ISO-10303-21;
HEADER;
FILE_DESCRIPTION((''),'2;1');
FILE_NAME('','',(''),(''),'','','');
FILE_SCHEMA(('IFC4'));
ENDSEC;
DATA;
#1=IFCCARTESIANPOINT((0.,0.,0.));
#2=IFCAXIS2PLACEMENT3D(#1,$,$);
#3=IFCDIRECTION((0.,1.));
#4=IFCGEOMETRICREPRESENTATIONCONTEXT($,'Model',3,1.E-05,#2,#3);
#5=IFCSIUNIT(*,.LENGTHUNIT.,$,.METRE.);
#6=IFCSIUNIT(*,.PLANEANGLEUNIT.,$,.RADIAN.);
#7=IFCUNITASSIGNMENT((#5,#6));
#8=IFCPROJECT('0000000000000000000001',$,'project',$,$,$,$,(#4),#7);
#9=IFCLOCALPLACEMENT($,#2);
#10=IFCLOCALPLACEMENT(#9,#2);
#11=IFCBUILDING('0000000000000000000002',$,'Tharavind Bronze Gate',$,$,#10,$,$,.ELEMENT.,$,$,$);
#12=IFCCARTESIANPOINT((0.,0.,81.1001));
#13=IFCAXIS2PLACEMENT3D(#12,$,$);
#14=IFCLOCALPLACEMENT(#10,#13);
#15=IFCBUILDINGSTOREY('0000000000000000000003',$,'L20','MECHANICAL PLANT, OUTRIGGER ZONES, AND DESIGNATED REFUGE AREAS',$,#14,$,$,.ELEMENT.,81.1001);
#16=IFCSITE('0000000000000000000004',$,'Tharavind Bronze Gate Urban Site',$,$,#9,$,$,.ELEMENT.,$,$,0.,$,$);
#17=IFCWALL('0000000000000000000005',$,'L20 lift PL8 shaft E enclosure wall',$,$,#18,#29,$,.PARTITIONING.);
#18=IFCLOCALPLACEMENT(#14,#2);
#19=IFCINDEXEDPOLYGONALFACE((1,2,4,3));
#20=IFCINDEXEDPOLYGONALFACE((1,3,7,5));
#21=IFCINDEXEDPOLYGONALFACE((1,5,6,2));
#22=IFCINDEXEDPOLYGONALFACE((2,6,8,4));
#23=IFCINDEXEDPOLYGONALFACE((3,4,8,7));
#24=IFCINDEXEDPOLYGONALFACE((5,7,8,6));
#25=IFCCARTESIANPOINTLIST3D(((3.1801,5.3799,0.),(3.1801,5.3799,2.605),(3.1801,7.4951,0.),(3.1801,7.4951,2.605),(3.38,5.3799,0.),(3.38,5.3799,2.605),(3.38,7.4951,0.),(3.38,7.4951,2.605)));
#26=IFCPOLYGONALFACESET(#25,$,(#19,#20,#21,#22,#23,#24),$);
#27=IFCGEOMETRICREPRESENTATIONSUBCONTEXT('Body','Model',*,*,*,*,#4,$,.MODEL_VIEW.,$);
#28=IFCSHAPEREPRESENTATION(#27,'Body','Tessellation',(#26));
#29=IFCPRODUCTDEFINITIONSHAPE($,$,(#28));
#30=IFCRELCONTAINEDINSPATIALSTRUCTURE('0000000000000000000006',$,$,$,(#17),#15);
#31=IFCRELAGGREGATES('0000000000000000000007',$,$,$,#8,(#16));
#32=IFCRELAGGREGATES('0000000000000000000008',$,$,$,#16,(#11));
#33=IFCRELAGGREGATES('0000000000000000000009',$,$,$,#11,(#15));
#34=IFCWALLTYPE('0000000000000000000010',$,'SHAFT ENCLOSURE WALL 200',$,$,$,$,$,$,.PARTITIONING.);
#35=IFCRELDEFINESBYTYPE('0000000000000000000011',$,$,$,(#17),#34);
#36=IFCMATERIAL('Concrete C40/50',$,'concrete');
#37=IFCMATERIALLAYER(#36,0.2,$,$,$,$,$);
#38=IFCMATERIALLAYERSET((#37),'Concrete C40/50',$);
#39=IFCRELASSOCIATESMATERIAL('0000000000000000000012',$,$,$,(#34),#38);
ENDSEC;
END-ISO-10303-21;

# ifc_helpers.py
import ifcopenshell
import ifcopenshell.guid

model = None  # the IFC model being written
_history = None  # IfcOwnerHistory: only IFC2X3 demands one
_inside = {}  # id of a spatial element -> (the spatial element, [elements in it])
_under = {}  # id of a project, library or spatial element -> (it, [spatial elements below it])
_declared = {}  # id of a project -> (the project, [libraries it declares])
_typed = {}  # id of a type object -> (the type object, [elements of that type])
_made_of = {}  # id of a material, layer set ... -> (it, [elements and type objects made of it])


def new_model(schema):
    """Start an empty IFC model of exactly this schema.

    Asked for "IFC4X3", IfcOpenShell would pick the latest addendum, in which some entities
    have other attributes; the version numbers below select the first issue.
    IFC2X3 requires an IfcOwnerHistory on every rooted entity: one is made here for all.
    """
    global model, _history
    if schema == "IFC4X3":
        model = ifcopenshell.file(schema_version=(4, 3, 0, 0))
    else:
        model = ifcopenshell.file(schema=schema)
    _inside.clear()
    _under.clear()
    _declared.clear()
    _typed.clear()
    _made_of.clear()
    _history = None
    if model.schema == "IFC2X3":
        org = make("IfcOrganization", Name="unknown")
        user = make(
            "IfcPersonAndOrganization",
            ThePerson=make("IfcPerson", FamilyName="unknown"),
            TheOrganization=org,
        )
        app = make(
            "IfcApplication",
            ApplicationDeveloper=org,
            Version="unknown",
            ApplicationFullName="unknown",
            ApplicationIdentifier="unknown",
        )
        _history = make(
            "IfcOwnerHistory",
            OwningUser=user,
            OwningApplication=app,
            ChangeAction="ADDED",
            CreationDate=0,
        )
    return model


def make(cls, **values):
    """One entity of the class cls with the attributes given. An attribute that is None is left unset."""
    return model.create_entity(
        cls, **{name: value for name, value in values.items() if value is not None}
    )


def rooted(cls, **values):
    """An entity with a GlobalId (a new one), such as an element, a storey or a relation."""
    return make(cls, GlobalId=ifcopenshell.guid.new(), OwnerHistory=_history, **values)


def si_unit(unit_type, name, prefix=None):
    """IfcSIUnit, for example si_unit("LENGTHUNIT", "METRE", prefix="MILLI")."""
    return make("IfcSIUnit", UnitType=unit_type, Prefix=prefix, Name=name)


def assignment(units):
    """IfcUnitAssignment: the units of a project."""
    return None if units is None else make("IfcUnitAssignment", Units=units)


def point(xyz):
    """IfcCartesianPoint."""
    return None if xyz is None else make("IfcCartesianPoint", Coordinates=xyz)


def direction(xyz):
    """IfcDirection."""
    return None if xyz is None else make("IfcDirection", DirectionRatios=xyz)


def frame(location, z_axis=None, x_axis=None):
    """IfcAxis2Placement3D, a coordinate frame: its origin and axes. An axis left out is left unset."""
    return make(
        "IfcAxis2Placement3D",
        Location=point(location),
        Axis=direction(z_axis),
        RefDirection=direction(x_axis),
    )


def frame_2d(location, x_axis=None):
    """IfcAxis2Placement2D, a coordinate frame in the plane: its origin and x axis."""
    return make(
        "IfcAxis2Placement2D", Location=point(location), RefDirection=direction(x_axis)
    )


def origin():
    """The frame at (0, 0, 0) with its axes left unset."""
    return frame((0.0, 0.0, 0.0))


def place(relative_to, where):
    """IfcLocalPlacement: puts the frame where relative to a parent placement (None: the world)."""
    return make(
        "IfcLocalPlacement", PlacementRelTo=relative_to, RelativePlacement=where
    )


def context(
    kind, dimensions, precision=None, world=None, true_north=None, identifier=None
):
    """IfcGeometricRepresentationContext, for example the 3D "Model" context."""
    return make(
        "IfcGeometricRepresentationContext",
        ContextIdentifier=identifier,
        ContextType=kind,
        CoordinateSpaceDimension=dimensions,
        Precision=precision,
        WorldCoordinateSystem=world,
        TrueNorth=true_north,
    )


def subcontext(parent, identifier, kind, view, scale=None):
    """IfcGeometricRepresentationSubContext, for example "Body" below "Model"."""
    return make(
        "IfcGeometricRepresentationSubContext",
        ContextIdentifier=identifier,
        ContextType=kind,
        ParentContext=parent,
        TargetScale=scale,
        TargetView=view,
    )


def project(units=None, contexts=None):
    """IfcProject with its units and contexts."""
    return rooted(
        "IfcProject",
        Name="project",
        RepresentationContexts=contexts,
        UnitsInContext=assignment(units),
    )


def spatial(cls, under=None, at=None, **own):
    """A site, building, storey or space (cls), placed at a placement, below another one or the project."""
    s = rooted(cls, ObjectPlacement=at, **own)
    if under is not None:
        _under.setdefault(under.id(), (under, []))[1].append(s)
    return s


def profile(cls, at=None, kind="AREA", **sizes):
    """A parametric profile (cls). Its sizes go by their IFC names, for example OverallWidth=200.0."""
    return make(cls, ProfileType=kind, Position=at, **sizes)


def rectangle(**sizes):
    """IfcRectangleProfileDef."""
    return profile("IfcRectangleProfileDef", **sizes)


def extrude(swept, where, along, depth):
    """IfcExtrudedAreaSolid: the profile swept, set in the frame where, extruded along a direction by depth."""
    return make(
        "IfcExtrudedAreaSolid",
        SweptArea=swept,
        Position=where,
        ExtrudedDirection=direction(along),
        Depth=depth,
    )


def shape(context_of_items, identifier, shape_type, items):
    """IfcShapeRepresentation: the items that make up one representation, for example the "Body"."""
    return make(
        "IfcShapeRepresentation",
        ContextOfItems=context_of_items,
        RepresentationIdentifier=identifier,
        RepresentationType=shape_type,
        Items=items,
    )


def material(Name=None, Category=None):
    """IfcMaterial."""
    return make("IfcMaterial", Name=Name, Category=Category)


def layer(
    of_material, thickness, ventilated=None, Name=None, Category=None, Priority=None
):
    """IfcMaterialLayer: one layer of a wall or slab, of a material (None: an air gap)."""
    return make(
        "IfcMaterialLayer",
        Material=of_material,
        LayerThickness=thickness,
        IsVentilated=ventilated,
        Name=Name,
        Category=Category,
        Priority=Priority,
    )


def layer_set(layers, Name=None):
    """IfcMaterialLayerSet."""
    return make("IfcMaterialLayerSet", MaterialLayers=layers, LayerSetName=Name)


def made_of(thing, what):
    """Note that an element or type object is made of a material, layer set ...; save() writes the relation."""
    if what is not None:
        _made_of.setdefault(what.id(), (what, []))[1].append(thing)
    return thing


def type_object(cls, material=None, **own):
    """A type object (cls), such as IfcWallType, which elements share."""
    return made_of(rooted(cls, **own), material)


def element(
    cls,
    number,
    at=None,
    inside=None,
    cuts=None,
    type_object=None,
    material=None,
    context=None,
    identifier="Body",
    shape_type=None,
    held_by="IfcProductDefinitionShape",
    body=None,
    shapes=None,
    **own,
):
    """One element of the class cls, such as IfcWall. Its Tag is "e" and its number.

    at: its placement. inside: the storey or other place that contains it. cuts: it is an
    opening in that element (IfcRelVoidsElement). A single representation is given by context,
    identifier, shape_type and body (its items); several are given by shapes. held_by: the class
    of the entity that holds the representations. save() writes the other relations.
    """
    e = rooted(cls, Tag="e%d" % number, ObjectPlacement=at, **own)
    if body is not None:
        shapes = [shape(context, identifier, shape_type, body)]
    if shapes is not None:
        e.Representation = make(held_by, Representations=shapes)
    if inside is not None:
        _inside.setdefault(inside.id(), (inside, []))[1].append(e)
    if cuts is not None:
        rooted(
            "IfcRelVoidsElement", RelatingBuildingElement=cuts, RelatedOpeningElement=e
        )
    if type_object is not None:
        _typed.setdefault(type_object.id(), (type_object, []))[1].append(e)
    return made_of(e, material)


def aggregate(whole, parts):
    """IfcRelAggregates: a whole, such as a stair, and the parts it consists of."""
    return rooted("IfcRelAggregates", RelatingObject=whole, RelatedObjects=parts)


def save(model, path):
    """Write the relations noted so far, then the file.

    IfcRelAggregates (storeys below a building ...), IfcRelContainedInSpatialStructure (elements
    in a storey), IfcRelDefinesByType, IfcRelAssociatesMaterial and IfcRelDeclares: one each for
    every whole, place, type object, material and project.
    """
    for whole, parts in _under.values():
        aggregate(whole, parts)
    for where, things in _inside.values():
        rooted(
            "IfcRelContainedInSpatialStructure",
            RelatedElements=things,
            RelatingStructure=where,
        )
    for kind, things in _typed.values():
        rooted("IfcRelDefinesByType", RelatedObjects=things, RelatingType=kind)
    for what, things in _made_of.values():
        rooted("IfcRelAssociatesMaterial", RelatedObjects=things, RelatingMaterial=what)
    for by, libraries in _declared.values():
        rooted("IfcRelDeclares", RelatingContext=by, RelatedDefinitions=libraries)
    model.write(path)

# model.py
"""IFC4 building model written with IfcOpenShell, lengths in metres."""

from ifc_helpers import new_model, si_unit, direction, frame, frame_2d, origin, place, context, subcontext, project, spatial, rectangle, extrude, material, layer, layer_set, type_object, element, save


model = new_model("IFC4")

# Units and contexts
model_context = context("Model", 3, precision=1e-05, world=origin(), true_north=direction((0.0, 1.0)))
body_context = subcontext(model_context, "Body", "Model", "MODEL_VIEW")
ifc_project = project(units=[si_unit("LENGTHUNIT", "METRE"), si_unit("PLANEANGLEUNIT", "RADIAN")], contexts=[model_context])

# Site, building, storey
site_placement = place(None, origin())
site = spatial("IfcSite", under=ifc_project, at=site_placement, Name="Tharavind Bronze Gate Urban Site", CompositionType="ELEMENT", RefElevation=0.0)
building_placement = place(site_placement, origin())
building = spatial("IfcBuilding", under=site, at=building_placement, Name="Tharavind Bronze Gate", CompositionType="ELEMENT")
storey_placement = place(building_placement, frame((0.0, 0.0, 81.1001)))
storey = spatial("IfcBuildingStorey", under=building, at=storey_placement, Name="L20", Description="MECHANICAL PLANT, OUTRIGGER ZONES, AND DESIGNATED REFUGE AREAS", CompositionType="ELEMENT", Elevation=81.1001)

# Wall
ifc_material_1 = material(Name="Concrete C40/50", Category="concrete")
ifc_layer_1 = layer(ifc_material_1, 0.2)
ifc_layer_set_1 = layer_set([ifc_layer_1], Name="Concrete C40/50")
wall_type_1 = type_object("IfcWallType", Name="SHAFT ENCLOSURE WALL 200", PredefinedType="PARTITIONING", material=ifc_layer_set_1)
wall_1_placement = place(storey_placement, frame((3.28, 5.3799, 0.0), z_axis=(0.0, 0.0, 1.0), x_axis=(0.0, 1.0, 0.0)))
element("IfcWall", 1, at=wall_1_placement, inside=storey, type_object=wall_type_1, Name="L20 lift PL8 shaft E enclosure wall", PredefinedType="PARTITIONING", context=body_context, shape_type="SweptSolid", body=[
    extrude(rectangle(XDim=2.1152, YDim=0.2, at=frame_2d((1.0576, 0.0))), origin(), (0.0, 0.0, 1.0), 2.605),
])

save(model, "model.ifc")
